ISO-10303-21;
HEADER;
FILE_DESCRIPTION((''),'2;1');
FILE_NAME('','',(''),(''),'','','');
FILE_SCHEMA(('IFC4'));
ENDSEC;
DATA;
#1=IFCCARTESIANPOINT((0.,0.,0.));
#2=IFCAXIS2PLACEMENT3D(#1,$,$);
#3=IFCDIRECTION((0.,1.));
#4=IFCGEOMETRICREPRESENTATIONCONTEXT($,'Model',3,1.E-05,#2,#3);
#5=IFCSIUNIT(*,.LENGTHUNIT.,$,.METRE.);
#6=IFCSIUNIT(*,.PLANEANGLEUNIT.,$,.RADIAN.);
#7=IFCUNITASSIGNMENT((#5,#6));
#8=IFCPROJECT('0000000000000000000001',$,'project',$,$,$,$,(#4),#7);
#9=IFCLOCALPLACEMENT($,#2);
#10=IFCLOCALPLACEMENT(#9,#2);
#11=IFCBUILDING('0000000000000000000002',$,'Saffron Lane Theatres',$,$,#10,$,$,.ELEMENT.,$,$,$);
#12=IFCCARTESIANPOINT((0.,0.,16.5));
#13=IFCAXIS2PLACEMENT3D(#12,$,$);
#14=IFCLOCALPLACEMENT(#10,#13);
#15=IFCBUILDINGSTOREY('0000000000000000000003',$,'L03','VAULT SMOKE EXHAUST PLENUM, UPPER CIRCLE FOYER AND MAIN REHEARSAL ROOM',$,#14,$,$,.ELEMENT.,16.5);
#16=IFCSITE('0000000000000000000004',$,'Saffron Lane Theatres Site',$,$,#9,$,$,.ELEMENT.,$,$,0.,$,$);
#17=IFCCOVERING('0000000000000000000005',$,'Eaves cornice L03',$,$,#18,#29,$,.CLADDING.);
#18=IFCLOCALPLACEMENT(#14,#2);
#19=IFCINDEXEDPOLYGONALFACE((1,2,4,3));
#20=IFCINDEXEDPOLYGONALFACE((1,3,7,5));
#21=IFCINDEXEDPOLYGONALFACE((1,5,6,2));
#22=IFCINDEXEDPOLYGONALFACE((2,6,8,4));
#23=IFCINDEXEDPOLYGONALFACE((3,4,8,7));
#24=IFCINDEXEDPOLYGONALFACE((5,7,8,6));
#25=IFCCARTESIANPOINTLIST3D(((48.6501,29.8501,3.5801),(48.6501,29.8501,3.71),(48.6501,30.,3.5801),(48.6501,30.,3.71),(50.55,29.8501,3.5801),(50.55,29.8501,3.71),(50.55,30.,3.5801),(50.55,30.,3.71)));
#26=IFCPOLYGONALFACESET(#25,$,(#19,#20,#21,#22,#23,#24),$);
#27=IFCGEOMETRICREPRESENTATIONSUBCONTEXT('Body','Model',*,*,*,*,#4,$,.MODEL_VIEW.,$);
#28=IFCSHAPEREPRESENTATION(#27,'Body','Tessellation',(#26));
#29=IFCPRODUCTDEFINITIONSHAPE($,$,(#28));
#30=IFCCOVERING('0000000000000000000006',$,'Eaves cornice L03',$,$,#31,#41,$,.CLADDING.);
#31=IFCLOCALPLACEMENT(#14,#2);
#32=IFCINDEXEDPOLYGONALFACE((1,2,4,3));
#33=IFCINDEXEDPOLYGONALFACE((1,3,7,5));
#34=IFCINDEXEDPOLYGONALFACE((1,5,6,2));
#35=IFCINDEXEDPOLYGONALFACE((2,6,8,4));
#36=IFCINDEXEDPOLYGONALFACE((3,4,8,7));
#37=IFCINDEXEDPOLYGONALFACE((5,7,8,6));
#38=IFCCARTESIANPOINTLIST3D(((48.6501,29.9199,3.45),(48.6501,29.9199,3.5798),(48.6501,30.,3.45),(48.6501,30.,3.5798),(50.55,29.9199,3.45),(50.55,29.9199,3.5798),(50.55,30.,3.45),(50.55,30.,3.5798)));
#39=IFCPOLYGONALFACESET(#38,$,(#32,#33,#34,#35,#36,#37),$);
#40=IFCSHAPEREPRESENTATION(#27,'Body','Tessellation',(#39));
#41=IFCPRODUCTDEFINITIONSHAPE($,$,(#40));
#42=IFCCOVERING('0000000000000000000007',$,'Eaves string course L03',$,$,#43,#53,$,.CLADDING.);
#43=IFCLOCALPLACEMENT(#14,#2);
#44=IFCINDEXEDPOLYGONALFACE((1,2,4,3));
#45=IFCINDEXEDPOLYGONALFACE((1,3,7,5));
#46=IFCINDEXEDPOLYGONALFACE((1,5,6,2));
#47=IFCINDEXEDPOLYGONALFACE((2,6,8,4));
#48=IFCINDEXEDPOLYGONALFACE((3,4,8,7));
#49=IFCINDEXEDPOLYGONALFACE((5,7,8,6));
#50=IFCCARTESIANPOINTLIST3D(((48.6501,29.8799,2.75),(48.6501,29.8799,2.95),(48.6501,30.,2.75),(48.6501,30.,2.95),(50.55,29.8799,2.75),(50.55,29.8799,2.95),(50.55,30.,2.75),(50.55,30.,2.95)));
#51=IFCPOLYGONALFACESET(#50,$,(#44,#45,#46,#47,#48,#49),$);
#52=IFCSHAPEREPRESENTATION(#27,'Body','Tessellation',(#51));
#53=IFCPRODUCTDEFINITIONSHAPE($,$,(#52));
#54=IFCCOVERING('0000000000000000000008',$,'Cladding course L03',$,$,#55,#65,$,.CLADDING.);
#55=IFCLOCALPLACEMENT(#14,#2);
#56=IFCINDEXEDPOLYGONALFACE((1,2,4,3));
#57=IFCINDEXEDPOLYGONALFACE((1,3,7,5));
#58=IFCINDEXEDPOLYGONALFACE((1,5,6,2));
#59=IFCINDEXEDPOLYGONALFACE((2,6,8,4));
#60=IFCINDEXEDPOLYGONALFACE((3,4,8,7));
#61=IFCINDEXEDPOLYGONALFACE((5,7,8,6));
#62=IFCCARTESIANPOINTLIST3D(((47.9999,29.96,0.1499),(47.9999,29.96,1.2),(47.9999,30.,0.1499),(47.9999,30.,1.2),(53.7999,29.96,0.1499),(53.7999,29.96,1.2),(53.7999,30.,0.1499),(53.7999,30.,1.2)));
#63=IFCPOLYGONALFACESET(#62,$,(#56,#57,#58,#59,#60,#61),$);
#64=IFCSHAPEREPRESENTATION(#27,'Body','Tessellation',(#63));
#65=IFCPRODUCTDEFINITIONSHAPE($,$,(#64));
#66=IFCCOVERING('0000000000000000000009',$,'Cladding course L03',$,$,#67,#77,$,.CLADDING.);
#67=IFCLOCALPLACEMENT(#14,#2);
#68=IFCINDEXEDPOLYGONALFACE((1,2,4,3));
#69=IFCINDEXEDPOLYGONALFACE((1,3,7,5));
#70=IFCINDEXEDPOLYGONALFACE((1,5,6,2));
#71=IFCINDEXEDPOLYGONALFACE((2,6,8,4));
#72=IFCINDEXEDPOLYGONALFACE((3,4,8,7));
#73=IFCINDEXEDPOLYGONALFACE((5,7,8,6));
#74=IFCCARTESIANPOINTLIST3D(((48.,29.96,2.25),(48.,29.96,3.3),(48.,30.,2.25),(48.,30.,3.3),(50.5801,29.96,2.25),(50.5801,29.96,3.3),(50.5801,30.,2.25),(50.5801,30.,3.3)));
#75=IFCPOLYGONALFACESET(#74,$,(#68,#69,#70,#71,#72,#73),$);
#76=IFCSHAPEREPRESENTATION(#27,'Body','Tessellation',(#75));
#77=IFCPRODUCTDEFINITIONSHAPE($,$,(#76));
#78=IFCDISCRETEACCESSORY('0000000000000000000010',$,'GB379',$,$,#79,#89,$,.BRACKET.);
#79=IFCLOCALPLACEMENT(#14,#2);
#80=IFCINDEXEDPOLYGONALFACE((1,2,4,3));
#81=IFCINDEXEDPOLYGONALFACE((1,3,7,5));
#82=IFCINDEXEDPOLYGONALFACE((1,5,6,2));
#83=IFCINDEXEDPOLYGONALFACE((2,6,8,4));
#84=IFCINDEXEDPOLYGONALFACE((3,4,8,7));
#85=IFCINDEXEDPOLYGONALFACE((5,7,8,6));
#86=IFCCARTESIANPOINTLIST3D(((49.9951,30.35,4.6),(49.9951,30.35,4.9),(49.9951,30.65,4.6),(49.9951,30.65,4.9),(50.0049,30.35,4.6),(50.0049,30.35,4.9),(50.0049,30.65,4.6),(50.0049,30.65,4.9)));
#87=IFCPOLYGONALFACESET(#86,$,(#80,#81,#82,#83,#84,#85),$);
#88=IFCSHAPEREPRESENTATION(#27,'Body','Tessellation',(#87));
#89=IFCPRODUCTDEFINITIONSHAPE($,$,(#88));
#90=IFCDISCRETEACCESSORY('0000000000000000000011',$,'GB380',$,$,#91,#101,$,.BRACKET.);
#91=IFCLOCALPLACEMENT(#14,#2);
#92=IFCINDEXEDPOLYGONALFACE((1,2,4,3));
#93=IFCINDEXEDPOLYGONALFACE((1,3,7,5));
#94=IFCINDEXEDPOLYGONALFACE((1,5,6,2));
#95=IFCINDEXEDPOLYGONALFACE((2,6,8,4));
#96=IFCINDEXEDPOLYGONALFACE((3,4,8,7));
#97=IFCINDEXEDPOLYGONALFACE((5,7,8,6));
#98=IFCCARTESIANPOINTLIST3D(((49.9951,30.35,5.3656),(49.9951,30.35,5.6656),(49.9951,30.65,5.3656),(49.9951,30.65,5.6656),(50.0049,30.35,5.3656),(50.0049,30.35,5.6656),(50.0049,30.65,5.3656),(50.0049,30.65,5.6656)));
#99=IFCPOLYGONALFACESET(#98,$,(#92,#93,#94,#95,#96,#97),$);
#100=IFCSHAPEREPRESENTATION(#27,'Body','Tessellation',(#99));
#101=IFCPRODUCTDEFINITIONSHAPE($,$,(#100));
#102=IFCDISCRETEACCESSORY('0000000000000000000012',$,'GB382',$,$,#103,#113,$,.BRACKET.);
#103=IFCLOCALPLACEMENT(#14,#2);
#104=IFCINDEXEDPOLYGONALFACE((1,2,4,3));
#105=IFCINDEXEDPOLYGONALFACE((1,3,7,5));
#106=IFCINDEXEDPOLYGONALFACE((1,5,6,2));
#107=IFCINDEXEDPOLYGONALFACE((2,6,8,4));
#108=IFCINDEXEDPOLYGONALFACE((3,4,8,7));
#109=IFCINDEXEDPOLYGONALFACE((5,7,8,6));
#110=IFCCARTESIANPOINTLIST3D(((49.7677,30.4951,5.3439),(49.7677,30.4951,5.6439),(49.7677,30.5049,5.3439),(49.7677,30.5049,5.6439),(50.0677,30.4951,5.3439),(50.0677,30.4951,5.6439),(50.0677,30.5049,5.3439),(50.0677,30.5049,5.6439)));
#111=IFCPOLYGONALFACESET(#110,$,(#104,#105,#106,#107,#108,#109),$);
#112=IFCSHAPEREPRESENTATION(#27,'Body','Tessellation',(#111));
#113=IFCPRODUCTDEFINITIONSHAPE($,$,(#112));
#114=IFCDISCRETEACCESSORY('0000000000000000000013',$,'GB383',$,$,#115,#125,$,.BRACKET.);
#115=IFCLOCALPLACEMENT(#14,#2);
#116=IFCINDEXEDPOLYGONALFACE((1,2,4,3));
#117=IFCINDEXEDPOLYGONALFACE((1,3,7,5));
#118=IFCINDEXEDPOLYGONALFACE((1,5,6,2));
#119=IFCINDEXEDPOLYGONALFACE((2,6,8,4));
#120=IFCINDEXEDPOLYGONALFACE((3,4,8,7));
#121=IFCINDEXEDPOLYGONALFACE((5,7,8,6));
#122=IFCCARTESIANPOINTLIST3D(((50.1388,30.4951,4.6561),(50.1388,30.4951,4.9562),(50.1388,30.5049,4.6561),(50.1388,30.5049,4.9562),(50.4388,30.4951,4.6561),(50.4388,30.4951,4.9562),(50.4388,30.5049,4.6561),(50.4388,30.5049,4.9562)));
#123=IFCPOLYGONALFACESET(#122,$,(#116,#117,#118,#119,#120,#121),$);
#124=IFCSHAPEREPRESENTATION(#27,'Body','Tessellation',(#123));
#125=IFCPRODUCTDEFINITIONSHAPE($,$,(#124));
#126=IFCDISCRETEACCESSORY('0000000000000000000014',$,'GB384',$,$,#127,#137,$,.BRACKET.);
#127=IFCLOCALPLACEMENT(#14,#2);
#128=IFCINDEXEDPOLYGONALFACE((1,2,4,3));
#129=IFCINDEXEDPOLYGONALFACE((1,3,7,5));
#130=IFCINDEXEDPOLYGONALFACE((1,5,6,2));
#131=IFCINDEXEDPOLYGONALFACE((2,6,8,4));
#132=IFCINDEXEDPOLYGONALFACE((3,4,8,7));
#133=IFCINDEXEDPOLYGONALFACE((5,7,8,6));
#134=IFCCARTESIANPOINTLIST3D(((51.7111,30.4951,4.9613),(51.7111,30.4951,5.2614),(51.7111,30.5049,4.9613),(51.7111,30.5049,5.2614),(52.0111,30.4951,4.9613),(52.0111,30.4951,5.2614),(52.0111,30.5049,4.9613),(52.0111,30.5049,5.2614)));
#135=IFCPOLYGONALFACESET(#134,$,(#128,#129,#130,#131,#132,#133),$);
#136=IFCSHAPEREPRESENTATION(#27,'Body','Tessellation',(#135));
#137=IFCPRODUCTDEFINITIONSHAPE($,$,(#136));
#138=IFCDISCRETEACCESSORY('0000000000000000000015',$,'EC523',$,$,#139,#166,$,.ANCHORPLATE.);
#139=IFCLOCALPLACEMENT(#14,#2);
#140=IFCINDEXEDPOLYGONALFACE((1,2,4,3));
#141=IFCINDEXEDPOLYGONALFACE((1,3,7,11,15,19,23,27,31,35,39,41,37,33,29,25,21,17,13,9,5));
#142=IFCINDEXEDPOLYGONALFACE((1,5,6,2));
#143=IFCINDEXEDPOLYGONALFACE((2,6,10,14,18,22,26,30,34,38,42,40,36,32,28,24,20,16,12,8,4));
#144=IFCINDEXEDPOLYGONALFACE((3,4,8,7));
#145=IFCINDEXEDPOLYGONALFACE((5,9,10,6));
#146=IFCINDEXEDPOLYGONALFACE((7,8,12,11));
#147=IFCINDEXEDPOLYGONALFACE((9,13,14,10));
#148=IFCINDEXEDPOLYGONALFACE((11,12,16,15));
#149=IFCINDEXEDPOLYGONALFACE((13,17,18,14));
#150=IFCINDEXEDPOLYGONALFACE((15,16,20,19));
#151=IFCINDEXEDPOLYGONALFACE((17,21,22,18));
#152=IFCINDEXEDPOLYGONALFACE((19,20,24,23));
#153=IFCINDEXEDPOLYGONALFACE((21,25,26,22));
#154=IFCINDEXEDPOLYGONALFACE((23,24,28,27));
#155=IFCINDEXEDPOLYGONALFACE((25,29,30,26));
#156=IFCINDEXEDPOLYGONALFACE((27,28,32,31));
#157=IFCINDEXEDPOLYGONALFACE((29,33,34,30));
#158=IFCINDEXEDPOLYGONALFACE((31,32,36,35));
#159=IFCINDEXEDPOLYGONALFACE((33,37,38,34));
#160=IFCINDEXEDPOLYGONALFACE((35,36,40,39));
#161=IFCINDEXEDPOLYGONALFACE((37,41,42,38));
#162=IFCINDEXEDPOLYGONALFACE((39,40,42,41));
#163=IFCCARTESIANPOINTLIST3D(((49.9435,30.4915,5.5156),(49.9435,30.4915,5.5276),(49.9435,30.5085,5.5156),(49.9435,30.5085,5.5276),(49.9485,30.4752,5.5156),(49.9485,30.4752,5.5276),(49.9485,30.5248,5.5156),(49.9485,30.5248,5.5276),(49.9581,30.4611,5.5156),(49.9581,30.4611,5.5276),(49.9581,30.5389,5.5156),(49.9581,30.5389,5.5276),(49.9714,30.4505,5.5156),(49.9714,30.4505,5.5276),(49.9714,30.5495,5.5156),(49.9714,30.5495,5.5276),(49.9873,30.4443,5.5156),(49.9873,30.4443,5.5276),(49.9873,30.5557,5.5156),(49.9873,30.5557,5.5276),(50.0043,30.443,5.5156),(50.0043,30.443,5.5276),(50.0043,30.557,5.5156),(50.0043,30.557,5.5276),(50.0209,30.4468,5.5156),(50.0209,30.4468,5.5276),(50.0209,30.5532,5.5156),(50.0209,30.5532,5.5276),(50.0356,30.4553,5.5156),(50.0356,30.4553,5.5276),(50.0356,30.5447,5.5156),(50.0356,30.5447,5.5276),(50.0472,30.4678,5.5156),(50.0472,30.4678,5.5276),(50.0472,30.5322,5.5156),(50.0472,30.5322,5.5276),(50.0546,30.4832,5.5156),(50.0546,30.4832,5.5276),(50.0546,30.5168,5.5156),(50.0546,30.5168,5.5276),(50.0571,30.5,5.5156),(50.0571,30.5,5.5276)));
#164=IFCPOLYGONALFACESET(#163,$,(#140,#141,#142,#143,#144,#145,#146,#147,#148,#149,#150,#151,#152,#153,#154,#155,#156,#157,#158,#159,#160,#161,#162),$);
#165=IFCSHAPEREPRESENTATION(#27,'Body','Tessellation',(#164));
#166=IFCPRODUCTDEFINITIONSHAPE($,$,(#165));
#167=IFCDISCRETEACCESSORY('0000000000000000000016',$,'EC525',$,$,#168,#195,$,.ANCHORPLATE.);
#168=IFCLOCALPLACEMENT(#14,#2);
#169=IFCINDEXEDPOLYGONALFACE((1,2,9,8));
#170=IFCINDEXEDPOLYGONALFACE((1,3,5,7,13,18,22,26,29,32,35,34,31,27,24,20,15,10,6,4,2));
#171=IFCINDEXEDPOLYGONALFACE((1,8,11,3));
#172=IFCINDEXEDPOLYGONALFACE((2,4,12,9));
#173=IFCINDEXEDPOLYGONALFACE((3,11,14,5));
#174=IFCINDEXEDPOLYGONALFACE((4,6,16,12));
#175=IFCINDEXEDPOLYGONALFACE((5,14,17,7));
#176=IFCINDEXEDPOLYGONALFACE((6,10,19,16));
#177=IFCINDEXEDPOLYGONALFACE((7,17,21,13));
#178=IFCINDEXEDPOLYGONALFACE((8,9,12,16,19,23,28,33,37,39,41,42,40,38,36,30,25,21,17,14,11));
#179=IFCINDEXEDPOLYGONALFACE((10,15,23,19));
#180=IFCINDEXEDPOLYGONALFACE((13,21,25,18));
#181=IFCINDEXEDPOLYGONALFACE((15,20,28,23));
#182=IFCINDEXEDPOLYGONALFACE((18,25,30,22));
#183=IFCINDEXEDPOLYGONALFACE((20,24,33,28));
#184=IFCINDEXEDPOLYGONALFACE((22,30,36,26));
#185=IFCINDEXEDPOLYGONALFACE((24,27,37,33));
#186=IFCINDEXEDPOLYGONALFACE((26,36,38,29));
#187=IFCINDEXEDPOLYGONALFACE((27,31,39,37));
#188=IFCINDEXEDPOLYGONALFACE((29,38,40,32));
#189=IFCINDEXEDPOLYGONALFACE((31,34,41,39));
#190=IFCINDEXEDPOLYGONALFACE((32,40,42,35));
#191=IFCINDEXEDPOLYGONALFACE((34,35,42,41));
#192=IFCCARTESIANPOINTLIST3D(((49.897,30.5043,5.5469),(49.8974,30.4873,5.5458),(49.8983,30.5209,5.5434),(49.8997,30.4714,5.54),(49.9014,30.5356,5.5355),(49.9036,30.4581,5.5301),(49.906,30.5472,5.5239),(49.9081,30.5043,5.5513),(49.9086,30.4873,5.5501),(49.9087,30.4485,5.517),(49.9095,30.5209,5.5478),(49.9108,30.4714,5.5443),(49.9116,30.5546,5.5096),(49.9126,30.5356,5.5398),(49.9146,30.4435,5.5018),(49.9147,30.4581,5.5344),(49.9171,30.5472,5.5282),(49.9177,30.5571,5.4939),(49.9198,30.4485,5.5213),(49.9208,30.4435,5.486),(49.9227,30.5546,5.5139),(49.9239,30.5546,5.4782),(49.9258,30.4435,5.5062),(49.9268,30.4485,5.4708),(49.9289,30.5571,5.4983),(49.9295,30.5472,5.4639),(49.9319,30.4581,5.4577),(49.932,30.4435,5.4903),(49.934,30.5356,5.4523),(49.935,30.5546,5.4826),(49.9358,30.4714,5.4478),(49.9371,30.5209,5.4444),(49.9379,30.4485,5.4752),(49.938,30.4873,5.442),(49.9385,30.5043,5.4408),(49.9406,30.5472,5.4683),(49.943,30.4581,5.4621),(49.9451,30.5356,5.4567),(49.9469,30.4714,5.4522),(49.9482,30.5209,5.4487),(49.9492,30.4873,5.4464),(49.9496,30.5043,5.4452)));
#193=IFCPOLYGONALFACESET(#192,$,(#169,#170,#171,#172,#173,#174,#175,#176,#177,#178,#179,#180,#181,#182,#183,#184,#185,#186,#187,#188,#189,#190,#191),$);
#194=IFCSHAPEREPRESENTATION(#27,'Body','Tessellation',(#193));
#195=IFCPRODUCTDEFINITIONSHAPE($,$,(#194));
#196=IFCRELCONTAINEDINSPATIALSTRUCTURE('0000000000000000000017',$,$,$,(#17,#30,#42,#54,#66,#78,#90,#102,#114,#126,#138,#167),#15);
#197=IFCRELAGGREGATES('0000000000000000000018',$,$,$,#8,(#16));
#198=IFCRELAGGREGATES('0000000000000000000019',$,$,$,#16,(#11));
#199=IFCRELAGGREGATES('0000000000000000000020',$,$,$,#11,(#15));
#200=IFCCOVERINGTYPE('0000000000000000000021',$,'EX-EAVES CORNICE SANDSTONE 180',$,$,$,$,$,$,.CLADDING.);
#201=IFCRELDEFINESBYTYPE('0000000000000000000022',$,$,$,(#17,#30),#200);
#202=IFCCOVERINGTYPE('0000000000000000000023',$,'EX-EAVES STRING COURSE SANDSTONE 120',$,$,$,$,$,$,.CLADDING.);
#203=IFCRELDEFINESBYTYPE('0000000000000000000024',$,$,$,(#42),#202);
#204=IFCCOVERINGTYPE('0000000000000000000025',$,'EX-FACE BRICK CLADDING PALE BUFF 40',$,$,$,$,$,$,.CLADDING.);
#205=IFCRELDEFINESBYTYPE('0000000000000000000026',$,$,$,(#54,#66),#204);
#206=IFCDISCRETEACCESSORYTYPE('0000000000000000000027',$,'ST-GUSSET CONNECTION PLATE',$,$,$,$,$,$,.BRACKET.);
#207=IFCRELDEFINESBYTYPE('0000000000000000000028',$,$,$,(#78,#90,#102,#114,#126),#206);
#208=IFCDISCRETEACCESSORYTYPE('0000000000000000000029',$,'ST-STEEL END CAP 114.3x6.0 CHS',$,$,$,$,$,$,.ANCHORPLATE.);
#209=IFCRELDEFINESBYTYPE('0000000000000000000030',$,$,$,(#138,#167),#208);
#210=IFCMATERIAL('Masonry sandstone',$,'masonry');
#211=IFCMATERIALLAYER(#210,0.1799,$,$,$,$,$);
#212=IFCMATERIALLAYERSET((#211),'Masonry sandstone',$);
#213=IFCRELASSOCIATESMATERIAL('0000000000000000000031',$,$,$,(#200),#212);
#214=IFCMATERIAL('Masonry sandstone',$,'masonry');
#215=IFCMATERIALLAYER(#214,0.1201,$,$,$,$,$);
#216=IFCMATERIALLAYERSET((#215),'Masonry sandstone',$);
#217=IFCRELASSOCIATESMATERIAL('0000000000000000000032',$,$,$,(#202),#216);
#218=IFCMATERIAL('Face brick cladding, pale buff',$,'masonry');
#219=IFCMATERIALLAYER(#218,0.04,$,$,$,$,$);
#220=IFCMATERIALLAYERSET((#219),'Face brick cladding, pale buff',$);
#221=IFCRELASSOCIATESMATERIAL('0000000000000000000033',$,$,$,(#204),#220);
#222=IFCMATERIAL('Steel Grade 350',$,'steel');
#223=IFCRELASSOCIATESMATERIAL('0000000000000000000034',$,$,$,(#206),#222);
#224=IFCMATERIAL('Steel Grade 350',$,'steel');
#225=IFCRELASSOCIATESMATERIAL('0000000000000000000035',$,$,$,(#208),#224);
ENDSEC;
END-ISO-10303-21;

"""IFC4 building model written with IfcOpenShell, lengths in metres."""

from ifc_helpers import new_model, si_unit, direction, frame, origin, origin_2d, place, context, subcontext, project, spatial, rectangle, circle, extrude, material, layer, layer_set, material_profile, profile_set, type_object, element, save


model = new_model("IFC4")

# Units and contexts
model_context = context("Model", 3, precision=1e-05, world=origin(), true_north=direction((0.0, 1.0)))
body_context = subcontext(model_context, "Body", "Model", "MODEL_VIEW")
ifc_project = project(units=[si_unit("LENGTHUNIT", "METRE"), si_unit("PLANEANGLEUNIT", "RADIAN")], contexts=[model_context])

# Site, building, storey
site_placement = place(None, origin())
site = spatial("IfcSite", under=ifc_project, at=site_placement, Name="Saffron Lane Theatres Site", CompositionType="ELEMENT", RefElevation=0.0)
building_placement = place(site_placement, origin())
building = spatial("IfcBuilding", under=site, at=building_placement, Name="Saffron Lane Theatres", CompositionType="ELEMENT")
storey_placement = place(building_placement, frame((0.0, 0.0, 16.5)))
storey = spatial("IfcBuildingStorey", under=building, at=storey_placement, Name="L03", Description="VAULT SMOKE EXHAUST PLENUM, UPPER CIRCLE FOYER AND MAIN REHEARSAL ROOM", CompositionType="ELEMENT", Elevation=16.5)

# Coverings
ifc_material_1 = material(Name="Masonry sandstone", Category="masonry")
ifc_layer_1 = layer(ifc_material_1, 0.1799)
ifc_layer_set_1 = layer_set([ifc_layer_1], Name="Masonry sandstone")
covering_type_1 = type_object("IfcCoveringType", Name="EX-EAVES CORNICE SANDSTONE 180", PredefinedType="CLADDING", material=ifc_layer_set_1)
covering_1_placement = place(storey_placement, frame((49.6001, 29.925, 3.5801), z_axis=(0.0, 0.0, 1.0), x_axis=(-1.0, 0.0, 0.0)))
element("IfcCovering", 1, at=covering_1_placement, inside=storey, type_object=covering_type_1, Name="Eaves cornice L03", PredefinedType="CLADDING", context=body_context, shape_type="SweptSolid", body=[
    extrude(rectangle(XDim=1.8999, YDim=0.1499, at=origin_2d()), origin(), (0.0, 0.0, 1.0), 0.1299),
])
covering_2_placement = place(storey_placement, frame((49.6001, 29.96, 3.45), z_axis=(0.0, 0.0, 1.0), x_axis=(-1.0, 0.0, 0.0)))
element("IfcCovering", 2, at=covering_2_placement, inside=storey, type_object=covering_type_1, Name="Eaves cornice L03", PredefinedType="CLADDING", context=body_context, shape_type="SweptSolid", body=[
    extrude(rectangle(XDim=1.8999, YDim=0.0801, at=origin_2d()), origin(), (0.0, 0.0, 1.0), 0.1299),
])
ifc_material_2 = material(Name="Masonry sandstone", Category="masonry")
ifc_layer_2 = layer(ifc_material_2, 0.1201)
ifc_layer_set_2 = layer_set([ifc_layer_2], Name="Masonry sandstone")
covering_type_2 = type_object("IfcCoveringType", Name="EX-EAVES STRING COURSE SANDSTONE 120", PredefinedType="CLADDING", material=ifc_layer_set_2)
covering_3_placement = place(storey_placement, frame((49.6001, 29.9399, 2.75), z_axis=(0.0, 0.0, 1.0), x_axis=(-1.0, 0.0, 0.0)))
element("IfcCovering", 3, at=covering_3_placement, inside=storey, type_object=covering_type_2, Name="Eaves string course L03", PredefinedType="CLADDING", context=body_context, shape_type="SweptSolid", body=[
    extrude(rectangle(XDim=1.8999, YDim=0.1201, at=origin_2d()), origin(), (0.0, 0.0, 1.0), 0.2),
])
ifc_material_3 = material(Name="Face brick cladding, pale buff", Category="masonry")
ifc_layer_3 = layer(ifc_material_3, 0.04)
ifc_layer_set_3 = layer_set([ifc_layer_3], Name="Face brick cladding, pale buff")
covering_type_3 = type_object("IfcCoveringType", Name="EX-FACE BRICK CLADDING PALE BUFF 40", PredefinedType="CLADDING", material=ifc_layer_set_3)
covering_4_placement = place(storey_placement, frame((50.8999, 29.98, 0.1499), z_axis=(0.0, 0.0, 1.0), x_axis=(-1.0, 0.0, 0.0)))
element("IfcCovering", 4, at=covering_4_placement, inside=storey, type_object=covering_type_3, Name="Cladding course L03", PredefinedType="CLADDING", context=body_context, shape_type="SweptSolid", body=[
    extrude(rectangle(XDim=5.8, YDim=0.04, at=origin_2d()), origin(), (0.0, 0.0, 1.0), 1.05),
])
covering_5_placement = place(storey_placement, frame((49.29, 29.98, 2.25), z_axis=(0.0, 0.0, 1.0), x_axis=(-1.0, 0.0, 0.0)))
element("IfcCovering", 5, at=covering_5_placement, inside=storey, type_object=covering_type_3, Name="Cladding course L03", PredefinedType="CLADDING", context=body_context, shape_type="SweptSolid", body=[
    extrude(rectangle(XDim=2.5801, YDim=0.04, at=origin_2d()), origin(), (0.0, 0.0, 1.0), 1.05),
])

# Discrete accessories
ifc_material_4 = material(Name="Steel Grade 350", Category="steel")
ifc_material_profile_1 = material_profile(ifc_material_4, rectangle(XDim=0.3, YDim=0.3, at=origin_2d()))
ifc_profile_set_1 = profile_set([ifc_material_profile_1], Name="Steel Grade 350")
discrete_accessory_type_1 = type_object("IfcDiscreteAccessoryType", Name="ST-GUSSET CONNECTION PLATE", PredefinedType="BRACKET", material=ifc_profile_set_1)
for number, where, z_axis, x_axis, name in (
    (6, (49.9951, 30.5, 4.75), (1.0, 0.0, 0.0), (0.0, 1.0, 0.0), "GB379"),
    (7, (49.9951, 30.5, 5.5156), (1.0, 0.0, 0.0), (0.0, 1.0, 0.0), "GB380"),
    (8, (49.9177, 30.4951, 5.4939), (0.0, 1.0, 0.0), (-1.0, 0.0, 0.0), "GB382"),
    (9, (50.2888, 30.4951, 4.8062), (0.0, 1.0, 0.0), (-1.0, 0.0, 0.0), "GB383"),
    (10, (51.8611, 30.4951, 5.1113), (0.0, 1.0, 0.0), (-1.0, 0.0, 0.0), "GB384"),
):
    element("IfcDiscreteAccessory", number, at=place(storey_placement, frame(where, z_axis=z_axis, x_axis=x_axis)), inside=storey, type_object=discrete_accessory_type_1, Name=name, PredefinedType="BRACKET", context=body_context, shape_type="SweptSolid", body=[
        extrude(rectangle(XDim=0.3, YDim=0.3, at=origin_2d()), origin(), (0.0, 0.0, 1.0), 0.0098),
    ])
ifc_material_5 = material(Name="Steel Grade 350", Category="steel")
ifc_material_profile_2 = material_profile(ifc_material_5, circle(Radius=0.0571, at=origin_2d()))
ifc_profile_set_2 = profile_set([ifc_material_profile_2], Name="Steel Grade 350")
discrete_accessory_type_2 = type_object("IfcDiscreteAccessoryType", Name="ST-STEEL END CAP 114.3x6.0 CHS", PredefinedType="ANCHORPLATE", material=ifc_profile_set_2)
for number, where, z_axis, x_axis, name in (
    (11, (50.0, 30.5, 5.5156), (0.0, 0.0, 1.0), (1.0, 0.0, 0.0), "EC523"),
    (12, (49.9177, 30.5, 5.4939), (0.931243, 0.0, 0.364399), (0.0, 1.0, 0.0), "EC525"),
):
    element("IfcDiscreteAccessory", number, at=place(storey_placement, frame(where, z_axis=z_axis, x_axis=x_axis)), inside=storey, type_object=discrete_accessory_type_2, Name=name, PredefinedType="ANCHORPLATE", context=body_context, shape_type="SweptSolid", body=[
        extrude(circle(Radius=0.0571, at=origin_2d()), origin(), (0.0, 0.0, 1.0), 0.012),
    ])

save(model, "model.ifc")
